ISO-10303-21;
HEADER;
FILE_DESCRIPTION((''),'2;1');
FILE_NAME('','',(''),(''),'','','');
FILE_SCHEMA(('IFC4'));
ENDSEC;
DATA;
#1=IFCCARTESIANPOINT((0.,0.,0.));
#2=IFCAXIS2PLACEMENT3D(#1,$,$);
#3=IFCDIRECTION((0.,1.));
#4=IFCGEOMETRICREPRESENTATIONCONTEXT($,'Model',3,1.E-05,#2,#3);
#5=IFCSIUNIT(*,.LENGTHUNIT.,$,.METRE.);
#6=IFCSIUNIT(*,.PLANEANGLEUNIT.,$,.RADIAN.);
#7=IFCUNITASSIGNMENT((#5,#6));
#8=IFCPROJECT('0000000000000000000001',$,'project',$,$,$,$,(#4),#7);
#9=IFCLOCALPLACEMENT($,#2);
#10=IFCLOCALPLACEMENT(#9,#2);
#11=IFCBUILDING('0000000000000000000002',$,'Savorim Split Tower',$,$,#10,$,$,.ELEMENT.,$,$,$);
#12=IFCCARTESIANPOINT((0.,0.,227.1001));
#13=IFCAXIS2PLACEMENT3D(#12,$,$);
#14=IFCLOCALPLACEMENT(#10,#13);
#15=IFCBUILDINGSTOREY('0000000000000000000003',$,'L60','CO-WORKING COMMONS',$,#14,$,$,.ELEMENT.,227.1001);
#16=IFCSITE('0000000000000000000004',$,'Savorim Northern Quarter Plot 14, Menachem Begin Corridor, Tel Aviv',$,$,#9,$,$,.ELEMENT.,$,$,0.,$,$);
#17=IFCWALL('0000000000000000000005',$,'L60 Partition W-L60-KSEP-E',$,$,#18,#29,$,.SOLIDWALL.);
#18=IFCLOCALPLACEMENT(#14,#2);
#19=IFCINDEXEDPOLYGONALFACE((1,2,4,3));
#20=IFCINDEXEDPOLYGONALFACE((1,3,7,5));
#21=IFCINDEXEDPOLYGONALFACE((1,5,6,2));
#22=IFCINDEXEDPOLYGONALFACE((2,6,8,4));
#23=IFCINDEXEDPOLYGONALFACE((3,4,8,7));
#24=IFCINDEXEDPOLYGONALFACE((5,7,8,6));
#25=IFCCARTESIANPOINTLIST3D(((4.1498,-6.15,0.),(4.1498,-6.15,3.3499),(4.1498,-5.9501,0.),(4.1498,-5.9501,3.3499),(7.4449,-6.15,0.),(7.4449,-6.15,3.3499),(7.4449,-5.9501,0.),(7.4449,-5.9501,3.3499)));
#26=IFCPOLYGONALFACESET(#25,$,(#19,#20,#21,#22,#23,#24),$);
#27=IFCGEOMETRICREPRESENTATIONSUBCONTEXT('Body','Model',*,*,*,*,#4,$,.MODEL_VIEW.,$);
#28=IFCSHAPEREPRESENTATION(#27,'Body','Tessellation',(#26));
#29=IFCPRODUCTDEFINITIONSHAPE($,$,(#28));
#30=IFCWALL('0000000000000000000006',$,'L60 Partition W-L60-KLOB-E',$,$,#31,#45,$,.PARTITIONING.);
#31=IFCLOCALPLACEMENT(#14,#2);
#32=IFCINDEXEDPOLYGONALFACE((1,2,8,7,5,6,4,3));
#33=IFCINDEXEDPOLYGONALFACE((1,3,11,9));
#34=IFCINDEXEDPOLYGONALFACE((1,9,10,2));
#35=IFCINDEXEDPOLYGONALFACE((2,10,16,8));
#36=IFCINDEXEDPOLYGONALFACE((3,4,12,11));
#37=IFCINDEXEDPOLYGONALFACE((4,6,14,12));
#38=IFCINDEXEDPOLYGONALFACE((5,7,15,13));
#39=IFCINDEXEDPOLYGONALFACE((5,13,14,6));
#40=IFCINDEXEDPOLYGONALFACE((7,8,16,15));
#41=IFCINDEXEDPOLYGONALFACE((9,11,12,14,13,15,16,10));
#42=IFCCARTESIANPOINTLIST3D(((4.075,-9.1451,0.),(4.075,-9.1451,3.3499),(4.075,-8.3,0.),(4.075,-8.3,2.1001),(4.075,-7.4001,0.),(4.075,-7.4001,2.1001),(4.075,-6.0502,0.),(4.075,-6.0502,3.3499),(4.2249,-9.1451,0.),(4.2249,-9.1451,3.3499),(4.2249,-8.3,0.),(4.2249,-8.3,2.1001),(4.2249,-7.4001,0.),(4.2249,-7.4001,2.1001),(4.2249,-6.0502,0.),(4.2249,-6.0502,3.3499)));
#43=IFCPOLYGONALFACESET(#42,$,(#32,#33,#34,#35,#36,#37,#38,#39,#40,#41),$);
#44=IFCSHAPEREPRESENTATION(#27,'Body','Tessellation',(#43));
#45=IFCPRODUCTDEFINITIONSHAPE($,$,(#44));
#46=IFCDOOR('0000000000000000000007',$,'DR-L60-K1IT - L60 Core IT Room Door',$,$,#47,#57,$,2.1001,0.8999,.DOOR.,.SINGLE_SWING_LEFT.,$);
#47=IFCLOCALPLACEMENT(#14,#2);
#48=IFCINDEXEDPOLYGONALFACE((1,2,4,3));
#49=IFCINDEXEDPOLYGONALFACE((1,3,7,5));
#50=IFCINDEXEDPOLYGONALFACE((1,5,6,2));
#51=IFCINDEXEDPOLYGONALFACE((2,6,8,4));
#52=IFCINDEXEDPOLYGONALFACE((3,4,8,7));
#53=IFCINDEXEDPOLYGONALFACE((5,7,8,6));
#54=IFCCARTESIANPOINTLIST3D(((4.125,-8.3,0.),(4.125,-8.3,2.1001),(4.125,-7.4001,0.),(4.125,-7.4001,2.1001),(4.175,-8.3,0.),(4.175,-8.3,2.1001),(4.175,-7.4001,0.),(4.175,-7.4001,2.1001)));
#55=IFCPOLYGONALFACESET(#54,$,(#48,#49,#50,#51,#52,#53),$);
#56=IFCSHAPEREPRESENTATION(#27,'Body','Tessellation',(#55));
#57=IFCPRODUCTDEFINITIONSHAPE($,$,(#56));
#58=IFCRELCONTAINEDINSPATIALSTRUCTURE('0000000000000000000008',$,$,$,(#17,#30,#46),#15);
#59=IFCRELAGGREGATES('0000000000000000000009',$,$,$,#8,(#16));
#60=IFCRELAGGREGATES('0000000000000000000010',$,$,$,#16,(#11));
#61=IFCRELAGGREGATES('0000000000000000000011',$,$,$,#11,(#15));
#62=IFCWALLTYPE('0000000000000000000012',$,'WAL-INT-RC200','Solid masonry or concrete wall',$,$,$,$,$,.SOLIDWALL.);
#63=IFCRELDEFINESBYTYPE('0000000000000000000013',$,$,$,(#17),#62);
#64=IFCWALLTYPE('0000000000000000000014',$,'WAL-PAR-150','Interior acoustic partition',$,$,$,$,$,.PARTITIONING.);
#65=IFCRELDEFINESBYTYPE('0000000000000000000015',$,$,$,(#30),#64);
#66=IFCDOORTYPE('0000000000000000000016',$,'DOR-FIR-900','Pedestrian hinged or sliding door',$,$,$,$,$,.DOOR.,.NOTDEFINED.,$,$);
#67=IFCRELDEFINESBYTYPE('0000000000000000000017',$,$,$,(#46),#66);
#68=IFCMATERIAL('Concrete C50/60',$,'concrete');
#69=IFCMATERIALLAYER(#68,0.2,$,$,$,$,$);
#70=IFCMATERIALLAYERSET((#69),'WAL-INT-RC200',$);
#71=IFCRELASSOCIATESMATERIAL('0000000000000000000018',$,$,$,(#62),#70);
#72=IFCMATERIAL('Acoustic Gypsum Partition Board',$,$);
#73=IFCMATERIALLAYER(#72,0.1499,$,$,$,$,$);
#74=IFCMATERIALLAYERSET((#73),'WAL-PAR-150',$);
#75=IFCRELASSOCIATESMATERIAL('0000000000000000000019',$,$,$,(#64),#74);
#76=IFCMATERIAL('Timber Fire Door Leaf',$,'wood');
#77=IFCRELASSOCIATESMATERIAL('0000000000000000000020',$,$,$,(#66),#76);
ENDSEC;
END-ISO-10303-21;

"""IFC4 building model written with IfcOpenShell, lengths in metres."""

from ifc_helpers import new_model, si_unit, direction, frame, frame_2d, origin, place, context, subcontext, project, spatial, rectangle, extrude, material, layer, layer_set, type_object, element, fill, save


model = new_model("IFC4")

# Units and contexts
model_context = context("Model", 3, precision=1e-05, world=origin(), true_north=direction((0.0, 1.0)))
body_context = subcontext(model_context, "Body", "Model", "MODEL_VIEW")
ifc_project = project(units=[si_unit("LENGTHUNIT", "METRE"), si_unit("PLANEANGLEUNIT", "RADIAN")], contexts=[model_context])

# Site, building, storey
site_placement = place(None, origin())
site = spatial("IfcSite", under=ifc_project, at=site_placement, Name="Savorim Northern Quarter Plot 14, Menachem Begin Corridor, Tel Aviv", CompositionType="ELEMENT", RefElevation=0.0)
building_placement = place(site_placement, origin())
building = spatial("IfcBuilding", under=site, at=building_placement, Name="Savorim Split Tower", CompositionType="ELEMENT")
storey_placement = place(building_placement, frame((0.0, 0.0, 227.1001)))
storey = spatial("IfcBuildingStorey", under=building, at=storey_placement, Name="L60", Description="CO-WORKING COMMONS", CompositionType="ELEMENT", Elevation=227.1001)

# Shared definitions
ifc_material_1 = material(Name="Concrete C50/60", Category="concrete")
ifc_layer_1 = layer(ifc_material_1, 0.2)
ifc_layer_set_1 = layer_set([ifc_layer_1], Name="WAL-INT-RC200")
wall_type_1 = type_object("IfcWallType", Name="WAL-INT-RC200", Description="Solid masonry or concrete wall", PredefinedType="SOLIDWALL", material=ifc_layer_set_1)
ifc_material_2 = material(Name="Timber Fire Door Leaf", Category="wood")

# Wall
wall_1_placement = place(storey_placement, frame((4.1499, -6.05, 0.0), z_axis=(0.0, 0.0, 1.0), x_axis=(1.0, 0.0, 0.0)))
element("IfcWall", 1, at=wall_1_placement, inside=storey, type_object=wall_type_1, Name="L60 Partition W-L60-KSEP-E", PredefinedType="SOLIDWALL", context=body_context, shape_type="SweptSolid", body=[
    extrude(rectangle(XDim=3.2952, YDim=0.2, at=frame_2d((1.6475, 0.0))), origin(), (0.0, 0.0, 1.0), 3.3499),
])

# Wall, opening, door
ifc_material_3 = material(Name="Acoustic Gypsum Partition Board")
ifc_layer_2 = layer(ifc_material_3, 0.1499)
ifc_layer_set_2 = layer_set([ifc_layer_2], Name="WAL-PAR-150")
wall_type_2 = type_object("IfcWallType", Name="WAL-PAR-150", Description="Interior acoustic partition", PredefinedType="PARTITIONING", material=ifc_layer_set_2)
wall_2_placement = place(storey_placement, frame((4.1499, -9.145, 0.0), z_axis=(0.0, 0.0, 1.0), x_axis=(0.0, 1.0, 0.0)))
wall_2 = element("IfcWall", 2, at=wall_2_placement, inside=storey, type_object=wall_type_2, Name="L60 Partition W-L60-KLOB-E", PredefinedType="PARTITIONING", context=body_context, shape_type="SweptSolid", body=[
    extrude(rectangle(XDim=3.095, YDim=0.1499, at=frame_2d((1.5474, 0.0))), origin(), (0.0, 0.0, 1.0), 3.3499),
])
opening_1_placement = place(wall_2_placement, frame((0.845, 0.0, 0.0)))
opening_1 = element("IfcOpeningElement", 3, at=opening_1_placement, cuts=wall_2, PredefinedType="OPENING", context=body_context, shape_type="SweptSolid", body=[
    extrude(rectangle(XDim=0.8999, YDim=2.1001, at=frame_2d((0.45, 1.05))), frame((0.0, 0.085, 0.0), z_axis=(0.0, -1.0, 0.0), x_axis=(1.0, 0.0, 0.0)), (0.0, 0.0, 1.0), 0.1699),
])
door_type_1 = type_object("IfcDoorType", Name="DOR-FIR-900", Description="Pedestrian hinged or sliding door", OperationType="NOTDEFINED", PredefinedType="DOOR", material=ifc_material_2)
door_1_placement = place(opening_1_placement, origin())
door_1 = element("IfcDoor", 4, at=door_1_placement, inside=storey, type_object=door_type_1, Name="DR-L60-K1IT - L60 Core IT Room Door", OperationType="SINGLE_SWING_LEFT", OverallHeight=2.1001, OverallWidth=0.8999, PredefinedType="DOOR", context=body_context, shape_type="SweptSolid", body=[
    extrude(rectangle(XDim=0.8999, YDim=2.1001, at=frame_2d((0.45, 1.05))), frame((0.0, 0.0249, 0.0), z_axis=(0.0, -1.0, 0.0), x_axis=(1.0, 0.0, 0.0)), (0.0, 0.0, 1.0), 0.05),
])
fill(opening_1, door_1)

save(model, "model.ifc")
